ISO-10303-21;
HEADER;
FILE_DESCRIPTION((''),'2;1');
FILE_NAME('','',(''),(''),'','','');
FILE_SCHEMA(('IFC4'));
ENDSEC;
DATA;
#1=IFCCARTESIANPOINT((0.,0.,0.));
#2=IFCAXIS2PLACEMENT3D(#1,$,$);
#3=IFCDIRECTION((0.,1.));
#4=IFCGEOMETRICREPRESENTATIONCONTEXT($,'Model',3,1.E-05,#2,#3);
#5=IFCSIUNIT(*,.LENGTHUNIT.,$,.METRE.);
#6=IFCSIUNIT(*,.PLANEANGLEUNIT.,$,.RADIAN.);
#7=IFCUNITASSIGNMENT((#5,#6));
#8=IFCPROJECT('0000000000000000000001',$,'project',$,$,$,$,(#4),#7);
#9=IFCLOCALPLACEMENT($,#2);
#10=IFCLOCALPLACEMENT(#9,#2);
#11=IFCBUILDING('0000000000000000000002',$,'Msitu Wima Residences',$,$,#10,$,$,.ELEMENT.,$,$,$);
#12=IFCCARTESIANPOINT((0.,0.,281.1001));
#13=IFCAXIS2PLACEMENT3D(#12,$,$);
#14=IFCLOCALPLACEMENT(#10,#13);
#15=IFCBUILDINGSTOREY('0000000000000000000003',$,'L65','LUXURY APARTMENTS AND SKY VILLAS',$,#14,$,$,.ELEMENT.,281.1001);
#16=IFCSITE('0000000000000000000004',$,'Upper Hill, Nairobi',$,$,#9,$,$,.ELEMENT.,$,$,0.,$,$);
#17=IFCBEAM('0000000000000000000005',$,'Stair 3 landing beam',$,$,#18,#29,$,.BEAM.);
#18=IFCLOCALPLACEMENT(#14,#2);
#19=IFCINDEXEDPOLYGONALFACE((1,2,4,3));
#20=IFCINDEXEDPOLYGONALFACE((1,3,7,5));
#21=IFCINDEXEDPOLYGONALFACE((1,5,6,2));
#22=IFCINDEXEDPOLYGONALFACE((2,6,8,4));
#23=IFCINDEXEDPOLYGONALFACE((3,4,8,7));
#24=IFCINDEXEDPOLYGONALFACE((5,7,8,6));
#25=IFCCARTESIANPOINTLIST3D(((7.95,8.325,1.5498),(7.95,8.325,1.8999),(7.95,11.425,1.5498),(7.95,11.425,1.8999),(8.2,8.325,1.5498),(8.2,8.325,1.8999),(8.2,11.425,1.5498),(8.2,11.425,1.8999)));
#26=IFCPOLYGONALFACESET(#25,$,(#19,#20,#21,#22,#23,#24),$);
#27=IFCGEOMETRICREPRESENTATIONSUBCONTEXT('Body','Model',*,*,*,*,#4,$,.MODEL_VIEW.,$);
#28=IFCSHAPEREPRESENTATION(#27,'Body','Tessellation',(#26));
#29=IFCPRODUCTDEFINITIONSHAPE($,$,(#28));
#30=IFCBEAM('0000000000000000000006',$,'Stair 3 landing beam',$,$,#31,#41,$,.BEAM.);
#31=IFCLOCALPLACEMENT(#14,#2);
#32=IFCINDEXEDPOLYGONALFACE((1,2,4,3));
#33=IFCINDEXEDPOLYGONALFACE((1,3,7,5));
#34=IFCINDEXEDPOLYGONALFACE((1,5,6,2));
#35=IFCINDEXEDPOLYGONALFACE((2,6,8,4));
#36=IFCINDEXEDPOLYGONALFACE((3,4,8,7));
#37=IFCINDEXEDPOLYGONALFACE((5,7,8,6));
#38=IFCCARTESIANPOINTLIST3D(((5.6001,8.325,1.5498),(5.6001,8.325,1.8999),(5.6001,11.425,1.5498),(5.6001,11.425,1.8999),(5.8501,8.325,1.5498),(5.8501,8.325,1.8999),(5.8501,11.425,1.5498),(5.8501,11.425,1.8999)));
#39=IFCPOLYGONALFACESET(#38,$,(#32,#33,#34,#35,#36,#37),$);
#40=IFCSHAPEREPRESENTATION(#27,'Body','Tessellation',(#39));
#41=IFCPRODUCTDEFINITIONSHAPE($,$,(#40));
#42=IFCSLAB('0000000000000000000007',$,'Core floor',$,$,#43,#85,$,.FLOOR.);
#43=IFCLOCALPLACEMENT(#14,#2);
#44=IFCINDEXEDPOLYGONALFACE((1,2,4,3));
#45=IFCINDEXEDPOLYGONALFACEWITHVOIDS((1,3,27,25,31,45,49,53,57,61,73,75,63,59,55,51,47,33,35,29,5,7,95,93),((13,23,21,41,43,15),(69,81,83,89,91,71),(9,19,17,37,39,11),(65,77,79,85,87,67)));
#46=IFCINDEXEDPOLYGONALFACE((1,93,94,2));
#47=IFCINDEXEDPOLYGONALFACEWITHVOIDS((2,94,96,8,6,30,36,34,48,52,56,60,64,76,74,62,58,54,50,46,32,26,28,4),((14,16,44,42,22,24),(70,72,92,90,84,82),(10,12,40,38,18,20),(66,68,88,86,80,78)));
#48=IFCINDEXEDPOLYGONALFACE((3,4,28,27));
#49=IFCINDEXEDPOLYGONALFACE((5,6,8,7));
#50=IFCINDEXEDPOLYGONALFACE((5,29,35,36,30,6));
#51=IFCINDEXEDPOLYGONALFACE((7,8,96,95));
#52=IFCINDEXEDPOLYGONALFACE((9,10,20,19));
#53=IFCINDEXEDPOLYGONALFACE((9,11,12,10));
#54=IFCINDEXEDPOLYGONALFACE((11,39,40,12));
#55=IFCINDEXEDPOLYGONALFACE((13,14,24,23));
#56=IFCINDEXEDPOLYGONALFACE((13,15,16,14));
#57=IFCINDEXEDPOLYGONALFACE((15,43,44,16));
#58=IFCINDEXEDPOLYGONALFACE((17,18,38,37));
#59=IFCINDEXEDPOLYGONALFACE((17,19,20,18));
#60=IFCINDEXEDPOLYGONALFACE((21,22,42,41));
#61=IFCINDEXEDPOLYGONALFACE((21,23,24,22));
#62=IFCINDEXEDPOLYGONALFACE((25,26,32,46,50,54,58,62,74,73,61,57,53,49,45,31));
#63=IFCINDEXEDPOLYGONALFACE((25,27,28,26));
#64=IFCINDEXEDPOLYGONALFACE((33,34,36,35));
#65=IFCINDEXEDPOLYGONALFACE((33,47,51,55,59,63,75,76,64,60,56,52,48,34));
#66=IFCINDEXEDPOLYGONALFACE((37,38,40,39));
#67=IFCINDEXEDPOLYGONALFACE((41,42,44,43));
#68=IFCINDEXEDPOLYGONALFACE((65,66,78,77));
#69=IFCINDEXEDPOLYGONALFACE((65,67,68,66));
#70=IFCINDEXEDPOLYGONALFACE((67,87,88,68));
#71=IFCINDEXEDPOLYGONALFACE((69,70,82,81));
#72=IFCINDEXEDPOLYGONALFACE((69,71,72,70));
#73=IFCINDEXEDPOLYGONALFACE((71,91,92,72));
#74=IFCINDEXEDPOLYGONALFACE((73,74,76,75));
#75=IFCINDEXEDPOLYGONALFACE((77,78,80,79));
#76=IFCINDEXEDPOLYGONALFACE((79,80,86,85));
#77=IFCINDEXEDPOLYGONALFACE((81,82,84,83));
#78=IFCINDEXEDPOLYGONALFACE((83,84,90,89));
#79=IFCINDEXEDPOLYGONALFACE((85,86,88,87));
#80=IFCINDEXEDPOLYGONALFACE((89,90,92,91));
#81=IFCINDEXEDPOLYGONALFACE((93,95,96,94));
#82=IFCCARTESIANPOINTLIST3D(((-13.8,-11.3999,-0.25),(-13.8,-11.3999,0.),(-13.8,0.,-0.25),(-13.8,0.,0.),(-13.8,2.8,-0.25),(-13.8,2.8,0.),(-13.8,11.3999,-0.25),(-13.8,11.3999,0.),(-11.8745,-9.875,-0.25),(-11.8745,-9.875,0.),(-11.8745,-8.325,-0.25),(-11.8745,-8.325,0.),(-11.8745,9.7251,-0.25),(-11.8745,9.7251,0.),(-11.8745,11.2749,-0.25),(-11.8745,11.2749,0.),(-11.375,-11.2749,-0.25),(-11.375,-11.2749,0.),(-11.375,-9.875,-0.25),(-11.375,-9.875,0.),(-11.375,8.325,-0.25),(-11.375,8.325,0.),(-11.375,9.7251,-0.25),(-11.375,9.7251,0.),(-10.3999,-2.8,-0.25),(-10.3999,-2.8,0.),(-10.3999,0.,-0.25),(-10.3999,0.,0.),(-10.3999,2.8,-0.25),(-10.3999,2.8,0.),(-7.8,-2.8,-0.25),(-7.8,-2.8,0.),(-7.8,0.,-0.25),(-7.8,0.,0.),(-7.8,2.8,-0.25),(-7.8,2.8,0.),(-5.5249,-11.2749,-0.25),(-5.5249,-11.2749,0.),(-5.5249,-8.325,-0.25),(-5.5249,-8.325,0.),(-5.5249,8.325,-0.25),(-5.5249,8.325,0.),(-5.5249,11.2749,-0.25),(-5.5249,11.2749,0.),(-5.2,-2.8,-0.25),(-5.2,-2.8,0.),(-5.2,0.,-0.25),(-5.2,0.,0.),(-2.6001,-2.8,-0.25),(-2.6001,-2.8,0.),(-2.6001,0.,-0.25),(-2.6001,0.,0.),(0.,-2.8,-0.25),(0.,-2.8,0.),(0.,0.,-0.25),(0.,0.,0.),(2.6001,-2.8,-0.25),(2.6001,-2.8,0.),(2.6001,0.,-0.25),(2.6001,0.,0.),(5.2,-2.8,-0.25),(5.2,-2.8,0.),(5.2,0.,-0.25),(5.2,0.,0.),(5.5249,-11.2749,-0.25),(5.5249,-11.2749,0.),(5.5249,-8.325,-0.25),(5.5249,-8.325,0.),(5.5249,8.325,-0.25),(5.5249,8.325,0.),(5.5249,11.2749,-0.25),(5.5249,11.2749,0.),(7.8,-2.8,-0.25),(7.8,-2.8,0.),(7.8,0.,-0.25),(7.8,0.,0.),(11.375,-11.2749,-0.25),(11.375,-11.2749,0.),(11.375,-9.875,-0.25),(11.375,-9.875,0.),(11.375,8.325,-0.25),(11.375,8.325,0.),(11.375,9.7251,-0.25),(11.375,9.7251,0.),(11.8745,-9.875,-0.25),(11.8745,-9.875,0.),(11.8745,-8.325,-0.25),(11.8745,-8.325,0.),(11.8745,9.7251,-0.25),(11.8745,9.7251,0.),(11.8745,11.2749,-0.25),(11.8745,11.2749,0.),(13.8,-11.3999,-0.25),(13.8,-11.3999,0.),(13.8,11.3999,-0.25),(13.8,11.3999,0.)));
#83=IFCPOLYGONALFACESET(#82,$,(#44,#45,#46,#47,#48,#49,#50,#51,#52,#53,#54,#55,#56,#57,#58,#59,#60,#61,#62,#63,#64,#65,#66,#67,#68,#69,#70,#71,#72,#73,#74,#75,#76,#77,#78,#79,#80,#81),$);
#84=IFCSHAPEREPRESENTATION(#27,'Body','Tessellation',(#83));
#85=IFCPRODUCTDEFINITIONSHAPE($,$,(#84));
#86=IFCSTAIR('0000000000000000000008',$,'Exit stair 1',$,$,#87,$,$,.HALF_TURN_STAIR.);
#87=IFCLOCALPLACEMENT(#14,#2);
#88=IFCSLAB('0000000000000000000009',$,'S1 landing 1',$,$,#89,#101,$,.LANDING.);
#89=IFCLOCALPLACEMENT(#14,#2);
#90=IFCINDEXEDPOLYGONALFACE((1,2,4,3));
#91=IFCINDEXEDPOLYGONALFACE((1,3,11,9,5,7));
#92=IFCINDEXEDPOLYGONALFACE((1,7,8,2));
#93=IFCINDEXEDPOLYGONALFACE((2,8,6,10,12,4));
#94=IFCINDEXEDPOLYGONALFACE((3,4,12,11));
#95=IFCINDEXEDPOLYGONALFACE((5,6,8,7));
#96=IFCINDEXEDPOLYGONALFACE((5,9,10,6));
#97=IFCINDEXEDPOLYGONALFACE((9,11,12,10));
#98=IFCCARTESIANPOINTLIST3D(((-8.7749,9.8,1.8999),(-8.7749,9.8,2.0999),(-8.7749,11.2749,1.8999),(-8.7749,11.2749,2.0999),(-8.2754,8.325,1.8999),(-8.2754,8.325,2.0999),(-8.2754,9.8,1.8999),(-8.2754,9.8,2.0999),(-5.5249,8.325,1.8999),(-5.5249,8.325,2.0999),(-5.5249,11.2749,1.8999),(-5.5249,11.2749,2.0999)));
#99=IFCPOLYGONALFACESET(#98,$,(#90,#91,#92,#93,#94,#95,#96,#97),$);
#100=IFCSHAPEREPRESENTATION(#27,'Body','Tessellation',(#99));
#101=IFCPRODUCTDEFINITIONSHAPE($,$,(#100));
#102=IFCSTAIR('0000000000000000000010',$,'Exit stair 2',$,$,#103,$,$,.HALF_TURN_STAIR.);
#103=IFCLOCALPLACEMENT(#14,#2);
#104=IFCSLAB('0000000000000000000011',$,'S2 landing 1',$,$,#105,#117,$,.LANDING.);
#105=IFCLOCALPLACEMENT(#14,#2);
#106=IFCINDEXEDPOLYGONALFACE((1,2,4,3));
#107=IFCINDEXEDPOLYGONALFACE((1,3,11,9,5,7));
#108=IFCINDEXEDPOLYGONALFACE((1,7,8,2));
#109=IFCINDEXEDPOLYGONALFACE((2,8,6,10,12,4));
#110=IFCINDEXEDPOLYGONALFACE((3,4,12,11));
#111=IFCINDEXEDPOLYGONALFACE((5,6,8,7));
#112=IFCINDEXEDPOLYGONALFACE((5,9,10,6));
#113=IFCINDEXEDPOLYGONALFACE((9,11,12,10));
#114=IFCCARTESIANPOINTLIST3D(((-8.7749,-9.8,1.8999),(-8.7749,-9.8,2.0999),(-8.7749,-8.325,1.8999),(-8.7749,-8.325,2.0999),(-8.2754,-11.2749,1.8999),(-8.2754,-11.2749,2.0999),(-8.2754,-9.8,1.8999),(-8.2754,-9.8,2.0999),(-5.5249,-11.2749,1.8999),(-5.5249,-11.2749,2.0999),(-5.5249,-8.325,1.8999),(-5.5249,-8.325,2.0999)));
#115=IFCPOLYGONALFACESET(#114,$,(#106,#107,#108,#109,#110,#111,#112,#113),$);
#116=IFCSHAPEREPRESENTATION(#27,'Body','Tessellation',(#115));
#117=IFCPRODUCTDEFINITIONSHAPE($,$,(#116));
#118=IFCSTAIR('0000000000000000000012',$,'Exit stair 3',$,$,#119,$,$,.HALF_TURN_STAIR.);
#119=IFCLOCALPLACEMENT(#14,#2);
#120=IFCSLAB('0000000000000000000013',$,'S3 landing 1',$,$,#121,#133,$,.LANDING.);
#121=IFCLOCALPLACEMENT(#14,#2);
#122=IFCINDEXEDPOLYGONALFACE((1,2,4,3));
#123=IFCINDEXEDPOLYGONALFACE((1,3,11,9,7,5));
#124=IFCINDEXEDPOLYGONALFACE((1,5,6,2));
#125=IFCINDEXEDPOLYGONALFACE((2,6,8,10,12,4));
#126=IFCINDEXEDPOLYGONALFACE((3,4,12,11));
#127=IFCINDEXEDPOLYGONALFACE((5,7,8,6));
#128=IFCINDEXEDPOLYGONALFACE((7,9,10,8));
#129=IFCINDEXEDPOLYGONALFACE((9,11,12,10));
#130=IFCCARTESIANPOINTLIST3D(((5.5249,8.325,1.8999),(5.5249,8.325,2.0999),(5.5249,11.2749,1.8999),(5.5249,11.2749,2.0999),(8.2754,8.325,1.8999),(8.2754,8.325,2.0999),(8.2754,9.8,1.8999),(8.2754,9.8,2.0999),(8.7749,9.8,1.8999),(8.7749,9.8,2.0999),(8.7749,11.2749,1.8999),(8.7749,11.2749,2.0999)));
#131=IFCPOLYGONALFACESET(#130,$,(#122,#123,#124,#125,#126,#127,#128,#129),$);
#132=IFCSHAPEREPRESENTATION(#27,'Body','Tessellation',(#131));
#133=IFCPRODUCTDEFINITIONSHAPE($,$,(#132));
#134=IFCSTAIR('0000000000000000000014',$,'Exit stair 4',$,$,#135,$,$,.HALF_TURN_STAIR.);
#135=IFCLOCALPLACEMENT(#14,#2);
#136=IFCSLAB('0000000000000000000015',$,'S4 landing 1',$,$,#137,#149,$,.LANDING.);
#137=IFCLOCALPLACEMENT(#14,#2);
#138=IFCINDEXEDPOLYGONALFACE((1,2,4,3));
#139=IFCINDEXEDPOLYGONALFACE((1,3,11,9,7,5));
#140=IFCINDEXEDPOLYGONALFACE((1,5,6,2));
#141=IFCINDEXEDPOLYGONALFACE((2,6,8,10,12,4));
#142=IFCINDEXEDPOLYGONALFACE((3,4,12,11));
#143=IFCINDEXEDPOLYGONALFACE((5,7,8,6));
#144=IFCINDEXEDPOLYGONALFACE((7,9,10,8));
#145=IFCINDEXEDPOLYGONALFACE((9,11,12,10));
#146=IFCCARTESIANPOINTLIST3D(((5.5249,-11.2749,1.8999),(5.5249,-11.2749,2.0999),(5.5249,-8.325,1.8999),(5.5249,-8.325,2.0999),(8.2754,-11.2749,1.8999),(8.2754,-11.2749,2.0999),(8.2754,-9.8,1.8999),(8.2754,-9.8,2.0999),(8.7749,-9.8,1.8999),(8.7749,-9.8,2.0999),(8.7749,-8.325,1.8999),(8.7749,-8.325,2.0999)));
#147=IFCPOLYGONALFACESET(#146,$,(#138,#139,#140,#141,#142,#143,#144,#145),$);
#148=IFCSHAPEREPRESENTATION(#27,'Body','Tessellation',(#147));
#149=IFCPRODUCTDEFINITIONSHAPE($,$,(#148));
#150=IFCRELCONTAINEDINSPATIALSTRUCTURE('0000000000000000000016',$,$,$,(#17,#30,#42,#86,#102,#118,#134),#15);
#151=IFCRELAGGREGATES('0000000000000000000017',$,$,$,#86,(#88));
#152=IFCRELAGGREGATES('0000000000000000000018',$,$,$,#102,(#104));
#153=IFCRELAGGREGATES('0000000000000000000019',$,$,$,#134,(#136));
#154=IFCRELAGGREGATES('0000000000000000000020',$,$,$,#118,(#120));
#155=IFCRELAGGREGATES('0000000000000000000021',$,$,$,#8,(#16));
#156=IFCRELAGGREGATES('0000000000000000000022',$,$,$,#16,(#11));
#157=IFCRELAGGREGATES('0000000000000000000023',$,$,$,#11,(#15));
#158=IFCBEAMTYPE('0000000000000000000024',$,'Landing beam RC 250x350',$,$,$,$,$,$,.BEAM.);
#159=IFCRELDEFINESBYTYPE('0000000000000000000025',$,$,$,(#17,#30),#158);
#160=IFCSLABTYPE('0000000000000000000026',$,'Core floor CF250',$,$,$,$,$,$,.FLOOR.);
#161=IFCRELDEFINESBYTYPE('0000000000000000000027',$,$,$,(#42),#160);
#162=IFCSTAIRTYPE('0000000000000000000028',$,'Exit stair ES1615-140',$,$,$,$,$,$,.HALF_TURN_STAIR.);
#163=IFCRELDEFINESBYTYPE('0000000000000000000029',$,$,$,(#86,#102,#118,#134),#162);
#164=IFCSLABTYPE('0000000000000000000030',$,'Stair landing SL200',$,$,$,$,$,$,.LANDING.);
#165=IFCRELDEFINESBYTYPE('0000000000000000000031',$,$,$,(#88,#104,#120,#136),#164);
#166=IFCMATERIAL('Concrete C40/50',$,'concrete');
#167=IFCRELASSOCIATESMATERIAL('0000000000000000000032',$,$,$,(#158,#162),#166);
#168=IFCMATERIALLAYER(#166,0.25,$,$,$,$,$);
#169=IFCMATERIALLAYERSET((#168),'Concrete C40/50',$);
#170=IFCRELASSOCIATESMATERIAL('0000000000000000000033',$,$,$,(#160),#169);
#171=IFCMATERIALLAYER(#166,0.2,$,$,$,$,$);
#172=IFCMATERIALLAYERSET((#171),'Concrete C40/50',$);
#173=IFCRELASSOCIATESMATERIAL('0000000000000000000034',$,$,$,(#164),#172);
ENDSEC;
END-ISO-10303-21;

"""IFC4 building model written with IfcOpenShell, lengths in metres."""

from ifc_helpers import new_model, si_unit, direction, frame, origin, origin_2d, place, context, subcontext, project, spatial, polyline, rectangle, outline, extrude, material, layer, layer_set, material_profile, profile_set, type_object, element, aggregate, save


model = new_model("IFC4")

# Units and contexts
model_context = context("Model", 3, precision=1e-05, world=origin(), true_north=direction((0.0, 1.0)))
body_context = subcontext(model_context, "Body", "Model", "MODEL_VIEW")
ifc_project = project(units=[si_unit("LENGTHUNIT", "METRE"), si_unit("PLANEANGLEUNIT", "RADIAN")], contexts=[model_context])

# Site, building, storey
site_placement = place(None, origin())
site = spatial("IfcSite", under=ifc_project, at=site_placement, Name="Upper Hill, Nairobi", CompositionType="ELEMENT", RefElevation=0.0)
building_placement = place(site_placement, origin())
building = spatial("IfcBuilding", under=site, at=building_placement, Name="Msitu Wima Residences", CompositionType="ELEMENT")
storey_placement = place(building_placement, frame((0.0, 0.0, 281.1001)))
storey = spatial("IfcBuildingStorey", under=building, at=storey_placement, Name="L65", Description="LUXURY APARTMENTS AND SKY VILLAS", CompositionType="ELEMENT", Elevation=281.1001)

# Beams
ifc_material_1 = material(Name="Concrete C40/50", Category="concrete")
ifc_material_profile = material_profile(ifc_material_1, rectangle(XDim=0.25, YDim=0.3501, at=origin_2d()), Name="RC 250x350")
ifc_profile_set = profile_set([ifc_material_profile], Name="Concrete C40/50")
beam_type = type_object("IfcBeamType", Name="Landing beam RC 250x350", PredefinedType="BEAM", material=ifc_profile_set)
for number, where, z_axis, x_axis, name in (
    (1, (8.075, 8.325, 1.7249), (0.0, 1.0, 0.0), (-1.0, 0.0, 0.0), "Stair 3 landing beam"),
    (2, (5.7251, 8.325, 1.7249), (0.0, 1.0, 0.0), (-1.0, 0.0, 0.0), "Stair 3 landing beam"),
):
    element("IfcBeam", number, at=place(storey_placement, frame(where, z_axis=z_axis, x_axis=x_axis)), inside=storey, type_object=beam_type, Name=name, PredefinedType="BEAM", context=body_context, shape_type="SweptSolid", body=[
        extrude(rectangle(XDim=0.25, YDim=0.3501, at=origin_2d()), origin(), (0.0, 0.0, 1.0), 3.1001),
    ])

# Slab
ifc_layer_1 = layer(ifc_material_1, 0.25)
ifc_layer_set_1 = layer_set([ifc_layer_1], Name="Concrete C40/50")
slab_type_1 = type_object("IfcSlabType", Name="Core floor CF250", PredefinedType="FLOOR", material=ifc_layer_set_1)
slab_1_placement = place(storey_placement, frame((0.0, 0.0, -0.25)))
element("IfcSlab", 3, at=slab_1_placement, inside=storey, type_object=slab_type_1, Name="Core floor", PredefinedType="FLOOR", context=body_context, shape_type="SweptSolid", body=[
    extrude(outline(polyline([(-13.8, 11.3999), (-13.8, 2.8), (-10.3999, 2.8), (-7.8, 2.8), (-7.8, 0.0), (-5.2, 0.0), (-2.6001, 0.0), (0.0, 0.0), (2.6001, 0.0), (5.2, 0.0), (7.8, 0.0), (7.8, -2.8), (5.2, -2.8), (2.6001, -2.8), (0.0, -2.8), (-2.6001, -2.8), (-5.2, -2.8), (-7.8, -2.8), (-10.3999, -2.8), (-10.3999, 0.0), (-13.8, 0.0), (-13.8, -11.3999), (13.8, -11.3999), (13.8, 11.3999), (-13.8, 11.3999)]), holes=[polyline([(-11.375, -11.2749), (-11.375, -9.875), (-11.8745, -9.875), (-11.8745, -8.325), (-5.5249, -8.325), (-5.5249, -11.2749), (-11.375, -11.2749)]), polyline([(-11.375, 8.325), (-11.375, 9.7251), (-11.8745, 9.7251), (-11.8745, 11.2749), (-5.5249, 11.2749), (-5.5249, 8.325), (-11.375, 8.325)]), polyline([(11.375, -9.875), (11.375, -11.2749), (5.5249, -11.2749), (5.5249, -8.325), (11.8745, -8.325), (11.8745, -9.875), (11.375, -9.875)]), polyline([(11.375, 9.7251), (11.375, 8.325), (5.5249, 8.325), (5.5249, 11.2749), (11.8745, 11.2749), (11.8745, 9.7251), (11.375, 9.7251)])]), origin(), (0.0, 0.0, 1.0), 0.25),
])

# Stairs, slabs
stair_type = type_object("IfcStairType", Name="Exit stair ES1615-140", PredefinedType="HALF_TURN_STAIR", material=ifc_material_1)
stair_1_placement = place(storey_placement, origin())
stair_1 = element("IfcStair", 4, at=stair_1_placement, inside=storey, type_object=stair_type, Name="Exit stair 1", PredefinedType="HALF_TURN_STAIR")
ifc_layer_2 = layer(ifc_material_1, 0.2)
ifc_layer_set_2 = layer_set([ifc_layer_2], Name="Concrete C40/50")
slab_type_2 = type_object("IfcSlabType", Name="Stair landing SL200", PredefinedType="LANDING", material=ifc_layer_set_2)
slab_2_placement = place(storey_placement, frame((0.0, 0.0, 1.8999)))
slab_2 = element("IfcSlab", 5, at=slab_2_placement, type_object=slab_type_2, Name="S1 landing 1", PredefinedType="LANDING", context=body_context, shape_type="SweptSolid", body=[
    extrude(outline(polyline([(-5.5249, 8.325), (-8.2754, 8.325), (-8.2754, 9.8), (-8.7749, 9.8), (-8.7749, 11.2749), (-5.5249, 11.2749), (-5.5249, 8.325)])), origin(), (0.0, 0.0, 1.0), 0.2),
])
aggregate(stair_1, [slab_2])
stair_2_placement = place(storey_placement, origin())
stair_2 = element("IfcStair", 6, at=stair_2_placement, inside=storey, type_object=stair_type, Name="Exit stair 2", PredefinedType="HALF_TURN_STAIR")
slab_3_placement = place(storey_placement, frame((0.0, 0.0, 1.8999)))
slab_3 = element("IfcSlab", 7, at=slab_3_placement, type_object=slab_type_2, Name="S2 landing 1", PredefinedType="LANDING", context=body_context, shape_type="SweptSolid", body=[
    extrude(outline(polyline([(-5.5249, -11.2749), (-8.2754, -11.2749), (-8.2754, -9.8), (-8.7749, -9.8), (-8.7749, -8.325), (-5.5249, -8.325), (-5.5249, -11.2749)])), origin(), (0.0, 0.0, 1.0), 0.2),
])
aggregate(stair_2, [slab_3])
stair_3_placement = place(storey_placement, origin())
stair_3 = element("IfcStair", 8, at=stair_3_placement, inside=storey, type_object=stair_type, Name="Exit stair 3", PredefinedType="HALF_TURN_STAIR")
slab_4_placement = place(storey_placement, frame((0.0, 0.0, 1.8999)))
slab_4 = element("IfcSlab", 9, at=slab_4_placement, type_object=slab_type_2, Name="S3 landing 1", PredefinedType="LANDING", context=body_context, shape_type="SweptSolid", body=[
    extrude(outline(polyline([(5.5249, 8.325), (8.2754, 8.325), (8.2754, 9.8), (8.7749, 9.8), (8.7749, 11.2749), (5.5249, 11.2749), (5.5249, 8.325)])), origin(), (0.0, 0.0, 1.0), 0.2),
])
stair_4_placement = place(storey_placement, origin())
stair_4 = element("IfcStair", 10, at=stair_4_placement, inside=storey, type_object=stair_type, Name="Exit stair 4", PredefinedType="HALF_TURN_STAIR")
slab_5_placement = place(storey_placement, frame((0.0, 0.0, 1.8999)))
slab_5 = element("IfcSlab", 11, at=slab_5_placement, type_object=slab_type_2, Name="S4 landing 1", PredefinedType="LANDING", context=body_context, shape_type="SweptSolid", body=[
    extrude(outline(polyline([(5.5249, -11.2749), (8.2754, -11.2749), (8.2754, -9.8), (8.7749, -9.8), (8.7749, -8.325), (5.5249, -8.325), (5.5249, -11.2749)])), origin(), (0.0, 0.0, 1.0), 0.2),
])
aggregate(stair_4, [slab_5])

aggregate(stair_3, [slab_4])

save(model, "model.ifc")
